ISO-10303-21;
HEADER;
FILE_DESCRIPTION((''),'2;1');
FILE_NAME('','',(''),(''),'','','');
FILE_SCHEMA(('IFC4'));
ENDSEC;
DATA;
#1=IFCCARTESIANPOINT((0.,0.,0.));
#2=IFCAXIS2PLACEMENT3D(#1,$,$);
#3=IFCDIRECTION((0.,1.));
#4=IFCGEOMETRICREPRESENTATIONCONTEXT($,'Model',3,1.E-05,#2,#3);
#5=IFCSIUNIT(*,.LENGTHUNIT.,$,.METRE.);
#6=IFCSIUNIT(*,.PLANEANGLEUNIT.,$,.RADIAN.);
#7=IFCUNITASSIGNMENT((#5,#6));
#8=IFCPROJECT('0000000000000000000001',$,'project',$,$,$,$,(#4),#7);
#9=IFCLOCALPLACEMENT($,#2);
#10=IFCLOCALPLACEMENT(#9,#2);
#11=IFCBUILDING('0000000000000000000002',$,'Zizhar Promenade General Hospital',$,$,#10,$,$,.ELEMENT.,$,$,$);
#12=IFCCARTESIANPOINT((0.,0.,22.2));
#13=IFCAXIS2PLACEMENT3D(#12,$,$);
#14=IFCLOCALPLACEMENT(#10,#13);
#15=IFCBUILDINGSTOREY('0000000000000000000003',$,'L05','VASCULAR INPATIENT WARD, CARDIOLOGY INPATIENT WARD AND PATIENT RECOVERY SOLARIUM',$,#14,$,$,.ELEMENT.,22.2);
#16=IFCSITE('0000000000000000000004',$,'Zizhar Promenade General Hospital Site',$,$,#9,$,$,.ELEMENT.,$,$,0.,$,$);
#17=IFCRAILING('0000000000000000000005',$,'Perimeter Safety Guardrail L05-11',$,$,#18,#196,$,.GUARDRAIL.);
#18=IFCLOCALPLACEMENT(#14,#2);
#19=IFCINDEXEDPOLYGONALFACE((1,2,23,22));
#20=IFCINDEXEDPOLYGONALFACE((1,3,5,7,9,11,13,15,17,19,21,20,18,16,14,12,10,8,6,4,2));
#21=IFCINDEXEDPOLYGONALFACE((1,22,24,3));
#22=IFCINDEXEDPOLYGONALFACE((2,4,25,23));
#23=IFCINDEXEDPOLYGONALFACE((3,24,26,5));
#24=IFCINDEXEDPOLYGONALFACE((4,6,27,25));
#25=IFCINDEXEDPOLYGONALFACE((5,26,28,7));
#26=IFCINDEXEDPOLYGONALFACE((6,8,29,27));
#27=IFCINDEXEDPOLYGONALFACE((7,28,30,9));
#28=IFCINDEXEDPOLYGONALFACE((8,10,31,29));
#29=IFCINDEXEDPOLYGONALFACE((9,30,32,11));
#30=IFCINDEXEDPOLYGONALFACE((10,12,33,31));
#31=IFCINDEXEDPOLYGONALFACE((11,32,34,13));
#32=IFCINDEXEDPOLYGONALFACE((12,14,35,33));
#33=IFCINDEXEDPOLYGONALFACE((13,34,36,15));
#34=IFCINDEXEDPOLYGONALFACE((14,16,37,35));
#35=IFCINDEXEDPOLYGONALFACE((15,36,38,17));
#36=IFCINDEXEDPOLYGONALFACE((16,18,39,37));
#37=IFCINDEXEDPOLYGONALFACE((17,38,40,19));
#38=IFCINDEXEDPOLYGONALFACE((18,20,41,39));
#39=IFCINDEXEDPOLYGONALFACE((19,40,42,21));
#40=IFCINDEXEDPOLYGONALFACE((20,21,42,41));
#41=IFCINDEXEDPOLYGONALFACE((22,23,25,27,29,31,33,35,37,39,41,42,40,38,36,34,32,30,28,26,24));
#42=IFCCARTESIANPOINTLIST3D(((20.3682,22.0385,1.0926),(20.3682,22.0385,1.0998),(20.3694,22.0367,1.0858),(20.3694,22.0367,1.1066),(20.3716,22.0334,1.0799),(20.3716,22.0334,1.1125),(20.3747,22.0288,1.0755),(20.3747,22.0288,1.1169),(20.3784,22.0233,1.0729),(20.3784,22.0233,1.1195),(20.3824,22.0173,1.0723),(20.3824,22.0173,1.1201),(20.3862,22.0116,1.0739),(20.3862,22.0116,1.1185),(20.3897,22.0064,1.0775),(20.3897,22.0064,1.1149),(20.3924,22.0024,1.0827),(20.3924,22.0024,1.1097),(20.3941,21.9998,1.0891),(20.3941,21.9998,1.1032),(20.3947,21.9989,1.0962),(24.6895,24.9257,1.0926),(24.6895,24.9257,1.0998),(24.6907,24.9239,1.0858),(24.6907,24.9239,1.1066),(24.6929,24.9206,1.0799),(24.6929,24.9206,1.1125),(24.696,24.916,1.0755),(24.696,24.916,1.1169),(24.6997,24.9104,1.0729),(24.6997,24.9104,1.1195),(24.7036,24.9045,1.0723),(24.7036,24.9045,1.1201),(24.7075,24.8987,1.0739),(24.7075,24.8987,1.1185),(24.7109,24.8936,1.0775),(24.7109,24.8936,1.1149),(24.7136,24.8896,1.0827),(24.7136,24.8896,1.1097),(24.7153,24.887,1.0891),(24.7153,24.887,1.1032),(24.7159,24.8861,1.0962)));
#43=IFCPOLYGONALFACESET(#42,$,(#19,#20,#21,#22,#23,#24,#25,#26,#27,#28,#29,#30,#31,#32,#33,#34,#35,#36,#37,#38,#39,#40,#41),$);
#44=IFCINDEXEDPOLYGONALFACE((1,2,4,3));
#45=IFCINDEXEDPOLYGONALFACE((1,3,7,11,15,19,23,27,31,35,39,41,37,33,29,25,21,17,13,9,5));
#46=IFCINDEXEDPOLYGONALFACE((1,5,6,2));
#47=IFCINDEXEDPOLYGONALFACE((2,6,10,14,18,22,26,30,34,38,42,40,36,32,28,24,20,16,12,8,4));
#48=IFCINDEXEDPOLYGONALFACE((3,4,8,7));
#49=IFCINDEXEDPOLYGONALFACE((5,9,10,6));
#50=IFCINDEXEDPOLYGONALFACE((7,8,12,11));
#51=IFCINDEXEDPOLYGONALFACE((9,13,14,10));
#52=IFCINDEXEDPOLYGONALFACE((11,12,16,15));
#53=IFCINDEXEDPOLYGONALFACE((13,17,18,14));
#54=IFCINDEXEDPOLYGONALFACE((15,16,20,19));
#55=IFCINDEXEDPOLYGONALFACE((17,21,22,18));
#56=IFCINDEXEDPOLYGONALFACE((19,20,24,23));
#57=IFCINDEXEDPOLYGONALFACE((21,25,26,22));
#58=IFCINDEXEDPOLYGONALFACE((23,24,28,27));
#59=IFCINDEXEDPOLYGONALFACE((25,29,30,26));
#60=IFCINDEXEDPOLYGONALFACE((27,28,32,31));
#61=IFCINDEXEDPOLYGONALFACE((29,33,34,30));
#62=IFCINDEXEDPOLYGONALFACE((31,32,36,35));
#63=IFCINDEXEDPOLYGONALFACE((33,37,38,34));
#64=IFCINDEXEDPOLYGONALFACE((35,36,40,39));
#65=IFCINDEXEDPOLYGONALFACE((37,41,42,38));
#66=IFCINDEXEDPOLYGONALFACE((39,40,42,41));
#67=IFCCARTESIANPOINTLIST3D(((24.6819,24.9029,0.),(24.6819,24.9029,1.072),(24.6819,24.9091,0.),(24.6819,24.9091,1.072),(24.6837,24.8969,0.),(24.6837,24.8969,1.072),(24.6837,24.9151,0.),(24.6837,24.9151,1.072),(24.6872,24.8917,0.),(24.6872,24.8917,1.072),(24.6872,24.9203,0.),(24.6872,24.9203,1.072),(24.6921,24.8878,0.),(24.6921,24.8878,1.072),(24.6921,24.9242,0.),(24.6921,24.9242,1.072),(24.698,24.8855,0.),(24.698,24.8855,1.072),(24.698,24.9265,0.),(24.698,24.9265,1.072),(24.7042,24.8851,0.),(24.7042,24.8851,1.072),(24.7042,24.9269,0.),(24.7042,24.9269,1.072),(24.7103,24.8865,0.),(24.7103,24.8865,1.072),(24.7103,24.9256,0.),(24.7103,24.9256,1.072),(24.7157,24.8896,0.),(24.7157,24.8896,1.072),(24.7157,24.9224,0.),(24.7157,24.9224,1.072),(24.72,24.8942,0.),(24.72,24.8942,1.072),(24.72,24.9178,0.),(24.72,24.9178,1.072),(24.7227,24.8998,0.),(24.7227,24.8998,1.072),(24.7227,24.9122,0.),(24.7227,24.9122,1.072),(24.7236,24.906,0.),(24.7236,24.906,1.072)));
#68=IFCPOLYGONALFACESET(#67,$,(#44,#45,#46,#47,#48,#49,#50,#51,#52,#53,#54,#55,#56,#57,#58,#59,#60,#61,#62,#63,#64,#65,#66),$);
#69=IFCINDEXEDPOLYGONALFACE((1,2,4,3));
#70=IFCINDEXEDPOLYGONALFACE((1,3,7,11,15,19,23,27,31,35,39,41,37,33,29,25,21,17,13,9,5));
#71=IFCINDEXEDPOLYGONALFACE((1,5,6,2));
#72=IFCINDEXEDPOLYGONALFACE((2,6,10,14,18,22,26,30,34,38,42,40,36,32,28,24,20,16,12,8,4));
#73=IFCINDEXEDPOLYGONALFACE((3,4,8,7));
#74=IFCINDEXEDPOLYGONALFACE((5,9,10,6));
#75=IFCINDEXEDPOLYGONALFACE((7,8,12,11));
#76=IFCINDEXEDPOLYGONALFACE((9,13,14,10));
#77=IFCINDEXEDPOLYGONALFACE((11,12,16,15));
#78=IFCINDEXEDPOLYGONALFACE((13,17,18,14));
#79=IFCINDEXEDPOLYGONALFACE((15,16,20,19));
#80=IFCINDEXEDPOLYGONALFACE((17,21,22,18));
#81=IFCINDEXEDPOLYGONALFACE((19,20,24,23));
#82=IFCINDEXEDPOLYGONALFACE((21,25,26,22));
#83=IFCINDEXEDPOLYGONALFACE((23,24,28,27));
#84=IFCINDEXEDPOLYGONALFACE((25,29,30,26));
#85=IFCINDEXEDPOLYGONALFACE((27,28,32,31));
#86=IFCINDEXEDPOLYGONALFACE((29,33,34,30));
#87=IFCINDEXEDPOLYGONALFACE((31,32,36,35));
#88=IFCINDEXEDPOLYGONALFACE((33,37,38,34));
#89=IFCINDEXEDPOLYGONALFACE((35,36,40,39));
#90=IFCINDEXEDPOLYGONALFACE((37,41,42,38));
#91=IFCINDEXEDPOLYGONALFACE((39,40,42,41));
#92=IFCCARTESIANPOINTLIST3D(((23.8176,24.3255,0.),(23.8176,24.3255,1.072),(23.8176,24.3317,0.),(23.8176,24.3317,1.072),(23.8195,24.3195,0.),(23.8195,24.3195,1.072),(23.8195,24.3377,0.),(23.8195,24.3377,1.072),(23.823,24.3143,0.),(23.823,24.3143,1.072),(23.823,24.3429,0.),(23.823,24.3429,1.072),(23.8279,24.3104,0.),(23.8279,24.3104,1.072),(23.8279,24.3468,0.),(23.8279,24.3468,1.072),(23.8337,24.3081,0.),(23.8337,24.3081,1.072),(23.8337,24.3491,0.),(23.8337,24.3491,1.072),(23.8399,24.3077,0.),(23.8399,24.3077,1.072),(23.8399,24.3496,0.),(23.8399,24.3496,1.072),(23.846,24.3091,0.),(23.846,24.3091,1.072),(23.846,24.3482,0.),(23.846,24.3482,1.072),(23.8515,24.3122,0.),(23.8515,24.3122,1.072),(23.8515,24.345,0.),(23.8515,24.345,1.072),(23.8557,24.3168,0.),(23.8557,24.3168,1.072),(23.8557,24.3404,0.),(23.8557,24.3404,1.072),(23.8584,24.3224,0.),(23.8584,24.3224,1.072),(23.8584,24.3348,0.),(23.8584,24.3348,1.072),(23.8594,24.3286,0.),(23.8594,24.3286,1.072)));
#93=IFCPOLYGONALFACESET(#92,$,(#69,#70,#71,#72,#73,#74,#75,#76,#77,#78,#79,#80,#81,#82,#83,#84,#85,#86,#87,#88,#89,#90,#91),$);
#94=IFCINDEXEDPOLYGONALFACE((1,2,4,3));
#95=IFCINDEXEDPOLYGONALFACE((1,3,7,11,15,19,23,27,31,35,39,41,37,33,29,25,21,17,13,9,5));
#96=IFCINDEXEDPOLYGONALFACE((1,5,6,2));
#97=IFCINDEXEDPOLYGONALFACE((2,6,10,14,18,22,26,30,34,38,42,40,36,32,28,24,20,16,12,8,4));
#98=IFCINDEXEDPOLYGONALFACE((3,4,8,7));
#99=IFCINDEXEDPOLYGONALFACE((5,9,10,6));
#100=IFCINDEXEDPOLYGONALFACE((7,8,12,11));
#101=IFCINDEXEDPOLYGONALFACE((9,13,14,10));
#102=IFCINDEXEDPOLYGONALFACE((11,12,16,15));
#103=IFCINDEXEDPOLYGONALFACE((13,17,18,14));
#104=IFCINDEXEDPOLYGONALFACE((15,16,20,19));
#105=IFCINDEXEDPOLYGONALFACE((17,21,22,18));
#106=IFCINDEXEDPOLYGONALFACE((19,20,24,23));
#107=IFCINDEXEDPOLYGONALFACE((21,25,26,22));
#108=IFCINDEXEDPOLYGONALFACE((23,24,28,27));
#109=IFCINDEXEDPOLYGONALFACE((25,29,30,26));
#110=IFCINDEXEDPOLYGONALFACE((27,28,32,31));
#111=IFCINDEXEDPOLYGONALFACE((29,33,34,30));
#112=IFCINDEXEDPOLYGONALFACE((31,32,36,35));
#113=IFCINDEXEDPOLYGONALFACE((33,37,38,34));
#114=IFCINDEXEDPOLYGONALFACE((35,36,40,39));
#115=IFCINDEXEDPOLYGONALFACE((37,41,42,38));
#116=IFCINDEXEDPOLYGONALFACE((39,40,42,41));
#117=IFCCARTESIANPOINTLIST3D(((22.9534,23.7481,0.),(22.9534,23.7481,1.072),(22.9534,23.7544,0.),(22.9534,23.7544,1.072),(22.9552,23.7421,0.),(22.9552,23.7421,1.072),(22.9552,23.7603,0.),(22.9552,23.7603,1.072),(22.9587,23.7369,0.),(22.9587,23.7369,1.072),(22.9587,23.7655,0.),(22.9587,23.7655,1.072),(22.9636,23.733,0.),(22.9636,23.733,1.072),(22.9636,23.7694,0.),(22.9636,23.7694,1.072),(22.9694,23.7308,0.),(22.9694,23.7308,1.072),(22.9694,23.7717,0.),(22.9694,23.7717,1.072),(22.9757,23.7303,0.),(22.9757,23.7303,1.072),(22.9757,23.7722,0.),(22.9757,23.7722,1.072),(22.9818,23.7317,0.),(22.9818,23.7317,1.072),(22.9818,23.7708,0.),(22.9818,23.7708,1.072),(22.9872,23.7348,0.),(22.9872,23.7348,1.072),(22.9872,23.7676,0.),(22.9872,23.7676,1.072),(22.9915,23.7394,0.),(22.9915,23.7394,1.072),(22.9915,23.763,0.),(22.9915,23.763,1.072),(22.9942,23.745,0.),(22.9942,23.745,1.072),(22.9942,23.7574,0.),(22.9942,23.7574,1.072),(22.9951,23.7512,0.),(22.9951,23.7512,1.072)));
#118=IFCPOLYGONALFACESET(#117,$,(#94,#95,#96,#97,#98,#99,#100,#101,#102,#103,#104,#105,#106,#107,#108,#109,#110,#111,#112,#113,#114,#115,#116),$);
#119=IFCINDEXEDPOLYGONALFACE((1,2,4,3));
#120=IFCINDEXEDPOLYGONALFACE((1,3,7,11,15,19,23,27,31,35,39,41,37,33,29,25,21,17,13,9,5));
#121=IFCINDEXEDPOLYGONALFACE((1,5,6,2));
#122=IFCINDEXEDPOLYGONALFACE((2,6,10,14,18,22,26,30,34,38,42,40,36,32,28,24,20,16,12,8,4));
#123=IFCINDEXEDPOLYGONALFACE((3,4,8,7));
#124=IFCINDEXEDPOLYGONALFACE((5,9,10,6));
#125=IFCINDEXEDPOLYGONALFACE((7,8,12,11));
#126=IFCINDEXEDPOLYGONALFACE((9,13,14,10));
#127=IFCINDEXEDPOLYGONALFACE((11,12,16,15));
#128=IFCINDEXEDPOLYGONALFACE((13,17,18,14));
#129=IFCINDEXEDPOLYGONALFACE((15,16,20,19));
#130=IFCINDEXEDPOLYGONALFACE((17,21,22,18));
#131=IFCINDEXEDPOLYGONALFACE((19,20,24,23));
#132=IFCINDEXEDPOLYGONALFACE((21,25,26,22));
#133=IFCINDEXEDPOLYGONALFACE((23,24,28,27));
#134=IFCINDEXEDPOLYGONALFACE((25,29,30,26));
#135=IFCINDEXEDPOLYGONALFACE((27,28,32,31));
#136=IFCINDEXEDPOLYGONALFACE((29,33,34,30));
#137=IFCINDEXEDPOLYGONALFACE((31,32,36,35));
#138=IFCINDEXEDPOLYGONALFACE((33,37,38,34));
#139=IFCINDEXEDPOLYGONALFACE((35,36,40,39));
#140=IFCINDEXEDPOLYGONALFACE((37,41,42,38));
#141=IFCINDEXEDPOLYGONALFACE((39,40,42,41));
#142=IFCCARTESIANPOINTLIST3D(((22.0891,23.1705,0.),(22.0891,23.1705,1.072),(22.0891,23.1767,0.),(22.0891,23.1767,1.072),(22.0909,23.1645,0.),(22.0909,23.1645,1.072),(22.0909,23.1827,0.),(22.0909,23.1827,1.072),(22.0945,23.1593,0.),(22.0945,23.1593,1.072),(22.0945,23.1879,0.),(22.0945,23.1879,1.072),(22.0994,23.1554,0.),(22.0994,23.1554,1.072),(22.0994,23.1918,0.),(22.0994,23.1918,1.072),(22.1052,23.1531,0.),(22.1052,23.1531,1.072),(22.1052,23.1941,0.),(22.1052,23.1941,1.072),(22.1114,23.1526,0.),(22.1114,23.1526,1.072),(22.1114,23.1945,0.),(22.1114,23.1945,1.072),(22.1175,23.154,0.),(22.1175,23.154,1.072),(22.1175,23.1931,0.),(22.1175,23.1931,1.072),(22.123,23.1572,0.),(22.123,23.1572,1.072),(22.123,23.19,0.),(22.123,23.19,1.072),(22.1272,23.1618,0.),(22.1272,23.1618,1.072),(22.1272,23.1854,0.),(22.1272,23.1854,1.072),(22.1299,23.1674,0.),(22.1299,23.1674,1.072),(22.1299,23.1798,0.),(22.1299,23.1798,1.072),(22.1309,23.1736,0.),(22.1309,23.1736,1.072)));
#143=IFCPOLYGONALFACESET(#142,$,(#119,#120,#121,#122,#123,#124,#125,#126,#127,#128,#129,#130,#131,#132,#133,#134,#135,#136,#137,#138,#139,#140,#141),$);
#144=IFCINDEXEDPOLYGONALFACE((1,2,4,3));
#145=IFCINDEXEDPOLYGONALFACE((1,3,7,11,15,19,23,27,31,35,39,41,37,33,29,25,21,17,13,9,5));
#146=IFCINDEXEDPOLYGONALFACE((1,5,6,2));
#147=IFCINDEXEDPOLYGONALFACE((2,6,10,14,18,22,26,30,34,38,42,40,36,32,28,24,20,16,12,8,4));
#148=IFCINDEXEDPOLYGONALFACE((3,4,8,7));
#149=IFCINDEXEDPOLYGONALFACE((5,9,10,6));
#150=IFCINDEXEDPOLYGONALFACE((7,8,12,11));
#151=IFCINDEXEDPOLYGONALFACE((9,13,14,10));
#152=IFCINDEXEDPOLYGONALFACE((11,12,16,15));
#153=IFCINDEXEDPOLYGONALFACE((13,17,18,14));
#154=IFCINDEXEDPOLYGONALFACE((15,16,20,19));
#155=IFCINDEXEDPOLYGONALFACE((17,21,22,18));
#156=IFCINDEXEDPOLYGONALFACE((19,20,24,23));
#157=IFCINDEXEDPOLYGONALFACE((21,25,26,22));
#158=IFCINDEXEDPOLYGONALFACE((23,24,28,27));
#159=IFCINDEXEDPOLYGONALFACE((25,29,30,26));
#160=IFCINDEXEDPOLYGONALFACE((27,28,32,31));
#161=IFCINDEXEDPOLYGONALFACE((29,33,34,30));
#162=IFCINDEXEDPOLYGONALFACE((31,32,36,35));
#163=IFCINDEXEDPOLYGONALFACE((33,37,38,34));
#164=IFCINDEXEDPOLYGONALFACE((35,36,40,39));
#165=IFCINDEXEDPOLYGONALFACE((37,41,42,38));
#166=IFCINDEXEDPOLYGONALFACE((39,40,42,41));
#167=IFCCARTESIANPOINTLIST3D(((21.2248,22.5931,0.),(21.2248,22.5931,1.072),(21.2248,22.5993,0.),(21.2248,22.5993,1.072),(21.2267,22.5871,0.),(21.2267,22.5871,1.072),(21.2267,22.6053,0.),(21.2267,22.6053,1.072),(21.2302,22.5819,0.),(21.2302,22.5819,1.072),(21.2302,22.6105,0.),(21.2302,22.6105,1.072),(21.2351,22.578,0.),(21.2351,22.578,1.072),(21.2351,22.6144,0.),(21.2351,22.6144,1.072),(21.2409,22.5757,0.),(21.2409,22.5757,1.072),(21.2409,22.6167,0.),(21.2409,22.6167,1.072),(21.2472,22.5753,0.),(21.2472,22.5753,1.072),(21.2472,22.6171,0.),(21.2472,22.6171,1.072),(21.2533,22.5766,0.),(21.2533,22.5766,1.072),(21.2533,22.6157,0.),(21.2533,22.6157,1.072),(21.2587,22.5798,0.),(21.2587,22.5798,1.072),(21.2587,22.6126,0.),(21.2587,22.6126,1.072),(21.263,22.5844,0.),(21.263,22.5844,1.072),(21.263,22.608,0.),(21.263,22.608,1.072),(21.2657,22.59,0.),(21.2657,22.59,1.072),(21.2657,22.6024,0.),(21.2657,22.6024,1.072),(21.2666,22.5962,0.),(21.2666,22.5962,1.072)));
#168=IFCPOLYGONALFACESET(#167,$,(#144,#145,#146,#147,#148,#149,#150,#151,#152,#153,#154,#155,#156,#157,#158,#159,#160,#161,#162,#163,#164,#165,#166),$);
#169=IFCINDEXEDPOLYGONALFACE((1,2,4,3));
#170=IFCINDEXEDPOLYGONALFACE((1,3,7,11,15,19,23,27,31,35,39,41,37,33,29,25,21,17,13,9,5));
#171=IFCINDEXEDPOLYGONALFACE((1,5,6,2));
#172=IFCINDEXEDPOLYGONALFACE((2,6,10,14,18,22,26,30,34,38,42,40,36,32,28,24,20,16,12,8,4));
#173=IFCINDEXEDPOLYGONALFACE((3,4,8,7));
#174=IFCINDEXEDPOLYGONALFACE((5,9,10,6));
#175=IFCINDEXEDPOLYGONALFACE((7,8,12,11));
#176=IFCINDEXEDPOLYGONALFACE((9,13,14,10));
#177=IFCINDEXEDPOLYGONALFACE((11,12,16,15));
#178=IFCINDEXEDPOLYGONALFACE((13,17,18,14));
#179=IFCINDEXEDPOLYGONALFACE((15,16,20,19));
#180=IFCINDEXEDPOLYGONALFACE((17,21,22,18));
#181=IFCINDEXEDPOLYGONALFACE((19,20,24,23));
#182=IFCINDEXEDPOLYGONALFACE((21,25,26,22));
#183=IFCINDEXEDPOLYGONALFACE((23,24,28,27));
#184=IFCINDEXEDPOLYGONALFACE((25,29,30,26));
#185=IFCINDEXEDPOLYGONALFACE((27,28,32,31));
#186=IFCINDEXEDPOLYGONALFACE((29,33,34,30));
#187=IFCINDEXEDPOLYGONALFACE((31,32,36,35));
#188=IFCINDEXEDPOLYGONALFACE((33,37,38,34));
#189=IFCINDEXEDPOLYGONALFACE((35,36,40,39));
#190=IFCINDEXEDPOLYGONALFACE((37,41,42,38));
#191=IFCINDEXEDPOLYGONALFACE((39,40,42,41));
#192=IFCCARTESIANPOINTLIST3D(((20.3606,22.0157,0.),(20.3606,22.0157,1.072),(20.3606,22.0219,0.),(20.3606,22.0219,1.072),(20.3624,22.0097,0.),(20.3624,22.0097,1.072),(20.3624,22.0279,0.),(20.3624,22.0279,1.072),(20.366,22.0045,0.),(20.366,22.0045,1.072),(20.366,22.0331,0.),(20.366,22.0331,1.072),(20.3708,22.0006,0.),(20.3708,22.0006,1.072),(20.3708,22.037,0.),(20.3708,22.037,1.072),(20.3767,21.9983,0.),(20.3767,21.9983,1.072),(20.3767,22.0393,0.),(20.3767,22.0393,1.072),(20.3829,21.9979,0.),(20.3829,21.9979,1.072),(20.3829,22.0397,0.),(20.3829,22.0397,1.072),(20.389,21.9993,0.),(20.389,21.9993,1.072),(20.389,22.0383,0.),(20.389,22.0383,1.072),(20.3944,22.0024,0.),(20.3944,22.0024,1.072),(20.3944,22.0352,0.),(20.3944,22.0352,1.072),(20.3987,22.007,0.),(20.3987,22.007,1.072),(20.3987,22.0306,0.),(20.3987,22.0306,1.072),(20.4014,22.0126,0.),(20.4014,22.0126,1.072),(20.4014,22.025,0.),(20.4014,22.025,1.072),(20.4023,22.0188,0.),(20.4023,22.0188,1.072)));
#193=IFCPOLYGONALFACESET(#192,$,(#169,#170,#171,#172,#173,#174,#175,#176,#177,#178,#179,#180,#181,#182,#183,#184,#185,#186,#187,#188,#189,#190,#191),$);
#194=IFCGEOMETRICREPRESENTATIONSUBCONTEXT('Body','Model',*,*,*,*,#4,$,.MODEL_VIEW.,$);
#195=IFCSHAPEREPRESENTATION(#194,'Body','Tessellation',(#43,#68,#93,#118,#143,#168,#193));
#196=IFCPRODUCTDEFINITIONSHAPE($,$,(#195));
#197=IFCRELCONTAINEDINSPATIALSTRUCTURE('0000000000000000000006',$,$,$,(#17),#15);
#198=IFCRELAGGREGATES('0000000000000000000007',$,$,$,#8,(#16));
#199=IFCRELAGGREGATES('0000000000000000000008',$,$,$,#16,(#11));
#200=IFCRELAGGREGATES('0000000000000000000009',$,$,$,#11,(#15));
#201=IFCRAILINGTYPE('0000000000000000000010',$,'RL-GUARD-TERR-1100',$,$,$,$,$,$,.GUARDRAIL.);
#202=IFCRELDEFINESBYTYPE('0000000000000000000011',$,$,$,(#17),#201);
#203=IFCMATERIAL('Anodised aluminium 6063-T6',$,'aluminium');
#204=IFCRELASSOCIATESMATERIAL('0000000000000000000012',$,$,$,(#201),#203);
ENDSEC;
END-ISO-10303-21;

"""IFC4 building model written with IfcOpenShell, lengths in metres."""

from ifc_helpers import new_model, si_unit, direction, frame, origin, origin_2d, place, context, subcontext, project, spatial, circle, hollow_circle, extrude, material, material_profile, profile_set, type_object, element, save


model = new_model("IFC4")

# Units and contexts
model_context = context("Model", 3, precision=1e-05, world=origin(), true_north=direction((0.0, 1.0)))
body_context = subcontext(model_context, "Body", "Model", "MODEL_VIEW")
ifc_project = project(units=[si_unit("LENGTHUNIT", "METRE"), si_unit("PLANEANGLEUNIT", "RADIAN")], contexts=[model_context])

# Site, building, storey
site_placement = place(None, origin())
site = spatial("IfcSite", under=ifc_project, at=site_placement, Name="Zizhar Promenade General Hospital Site", CompositionType="ELEMENT", RefElevation=0.0)
building_placement = place(site_placement, origin())
building = spatial("IfcBuilding", under=site, at=building_placement, Name="Zizhar Promenade General Hospital", CompositionType="ELEMENT")
storey_placement = place(building_placement, frame((0.0, 0.0, 22.2)))
storey = spatial("IfcBuildingStorey", under=building, at=storey_placement, Name="L05", Description="VASCULAR INPATIENT WARD, CARDIOLOGY INPATIENT WARD AND PATIENT RECOVERY SOLARIUM", CompositionType="ELEMENT", Elevation=22.2)

# Railing
ifc_material_1 = material(Name="Anodised aluminium 6063-T6", Category="aluminium")
ifc_material_profile_1 = material_profile(ifc_material_1, hollow_circle(Radius=0.0698, WallThickness=0.0063, at=origin_2d()))
ifc_profile_set_1 = profile_set([ifc_material_profile_1], Name="Anodised aluminium 6063-T6")
railing_type = type_object("IfcRailingType", Name="RL-GUARD-TERR-1100", PredefinedType="GUARDRAIL", material=ifc_profile_set_1)
railing_1_placement = place(storey_placement, frame((24.7026, 24.906, 0.0)))
element("IfcRailing", 1, at=railing_1_placement, inside=storey, type_object=railing_type, Name="Perimeter Safety Guardrail L05-11", PredefinedType="GUARDRAIL", context=body_context, shape_type="SweptSolid", body=[
    extrude(circle(Radius=0.0239, at=origin_2d()), frame((0.0, 0.0, 1.0962), z_axis=(-0.831486, -0.555545, 0.0), x_axis=(0.555545, -0.831486, 0.0)), (0.0, 0.0, 1.0), 5.197),
    extrude(circle(Radius=0.021, at=origin_2d()), origin(), (0.0, 0.0, 1.0), 1.072),
    extrude(circle(Radius=0.021, at=origin_2d()), frame((-0.8643, -0.5774, 0.0)), (0.0, 0.0, 1.0), 1.072),
    extrude(circle(Radius=0.021, at=origin_2d()), frame((-1.7285, -1.1548, 0.0)), (0.0, 0.0, 1.0), 1.072),
    extrude(circle(Radius=0.021, at=origin_2d()), frame((-2.5928, -1.7324, 0.0)), (0.0, 0.0, 1.0), 1.072),
    extrude(circle(Radius=0.021, at=origin_2d()), frame((-3.457, -2.3098, 0.0)), (0.0, 0.0, 1.0), 1.072),
    extrude(circle(Radius=0.021, at=origin_2d()), frame((-4.3213, -2.8872, 0.0)), (0.0, 0.0, 1.0), 1.072),
])

save(model, "model.ifc")
